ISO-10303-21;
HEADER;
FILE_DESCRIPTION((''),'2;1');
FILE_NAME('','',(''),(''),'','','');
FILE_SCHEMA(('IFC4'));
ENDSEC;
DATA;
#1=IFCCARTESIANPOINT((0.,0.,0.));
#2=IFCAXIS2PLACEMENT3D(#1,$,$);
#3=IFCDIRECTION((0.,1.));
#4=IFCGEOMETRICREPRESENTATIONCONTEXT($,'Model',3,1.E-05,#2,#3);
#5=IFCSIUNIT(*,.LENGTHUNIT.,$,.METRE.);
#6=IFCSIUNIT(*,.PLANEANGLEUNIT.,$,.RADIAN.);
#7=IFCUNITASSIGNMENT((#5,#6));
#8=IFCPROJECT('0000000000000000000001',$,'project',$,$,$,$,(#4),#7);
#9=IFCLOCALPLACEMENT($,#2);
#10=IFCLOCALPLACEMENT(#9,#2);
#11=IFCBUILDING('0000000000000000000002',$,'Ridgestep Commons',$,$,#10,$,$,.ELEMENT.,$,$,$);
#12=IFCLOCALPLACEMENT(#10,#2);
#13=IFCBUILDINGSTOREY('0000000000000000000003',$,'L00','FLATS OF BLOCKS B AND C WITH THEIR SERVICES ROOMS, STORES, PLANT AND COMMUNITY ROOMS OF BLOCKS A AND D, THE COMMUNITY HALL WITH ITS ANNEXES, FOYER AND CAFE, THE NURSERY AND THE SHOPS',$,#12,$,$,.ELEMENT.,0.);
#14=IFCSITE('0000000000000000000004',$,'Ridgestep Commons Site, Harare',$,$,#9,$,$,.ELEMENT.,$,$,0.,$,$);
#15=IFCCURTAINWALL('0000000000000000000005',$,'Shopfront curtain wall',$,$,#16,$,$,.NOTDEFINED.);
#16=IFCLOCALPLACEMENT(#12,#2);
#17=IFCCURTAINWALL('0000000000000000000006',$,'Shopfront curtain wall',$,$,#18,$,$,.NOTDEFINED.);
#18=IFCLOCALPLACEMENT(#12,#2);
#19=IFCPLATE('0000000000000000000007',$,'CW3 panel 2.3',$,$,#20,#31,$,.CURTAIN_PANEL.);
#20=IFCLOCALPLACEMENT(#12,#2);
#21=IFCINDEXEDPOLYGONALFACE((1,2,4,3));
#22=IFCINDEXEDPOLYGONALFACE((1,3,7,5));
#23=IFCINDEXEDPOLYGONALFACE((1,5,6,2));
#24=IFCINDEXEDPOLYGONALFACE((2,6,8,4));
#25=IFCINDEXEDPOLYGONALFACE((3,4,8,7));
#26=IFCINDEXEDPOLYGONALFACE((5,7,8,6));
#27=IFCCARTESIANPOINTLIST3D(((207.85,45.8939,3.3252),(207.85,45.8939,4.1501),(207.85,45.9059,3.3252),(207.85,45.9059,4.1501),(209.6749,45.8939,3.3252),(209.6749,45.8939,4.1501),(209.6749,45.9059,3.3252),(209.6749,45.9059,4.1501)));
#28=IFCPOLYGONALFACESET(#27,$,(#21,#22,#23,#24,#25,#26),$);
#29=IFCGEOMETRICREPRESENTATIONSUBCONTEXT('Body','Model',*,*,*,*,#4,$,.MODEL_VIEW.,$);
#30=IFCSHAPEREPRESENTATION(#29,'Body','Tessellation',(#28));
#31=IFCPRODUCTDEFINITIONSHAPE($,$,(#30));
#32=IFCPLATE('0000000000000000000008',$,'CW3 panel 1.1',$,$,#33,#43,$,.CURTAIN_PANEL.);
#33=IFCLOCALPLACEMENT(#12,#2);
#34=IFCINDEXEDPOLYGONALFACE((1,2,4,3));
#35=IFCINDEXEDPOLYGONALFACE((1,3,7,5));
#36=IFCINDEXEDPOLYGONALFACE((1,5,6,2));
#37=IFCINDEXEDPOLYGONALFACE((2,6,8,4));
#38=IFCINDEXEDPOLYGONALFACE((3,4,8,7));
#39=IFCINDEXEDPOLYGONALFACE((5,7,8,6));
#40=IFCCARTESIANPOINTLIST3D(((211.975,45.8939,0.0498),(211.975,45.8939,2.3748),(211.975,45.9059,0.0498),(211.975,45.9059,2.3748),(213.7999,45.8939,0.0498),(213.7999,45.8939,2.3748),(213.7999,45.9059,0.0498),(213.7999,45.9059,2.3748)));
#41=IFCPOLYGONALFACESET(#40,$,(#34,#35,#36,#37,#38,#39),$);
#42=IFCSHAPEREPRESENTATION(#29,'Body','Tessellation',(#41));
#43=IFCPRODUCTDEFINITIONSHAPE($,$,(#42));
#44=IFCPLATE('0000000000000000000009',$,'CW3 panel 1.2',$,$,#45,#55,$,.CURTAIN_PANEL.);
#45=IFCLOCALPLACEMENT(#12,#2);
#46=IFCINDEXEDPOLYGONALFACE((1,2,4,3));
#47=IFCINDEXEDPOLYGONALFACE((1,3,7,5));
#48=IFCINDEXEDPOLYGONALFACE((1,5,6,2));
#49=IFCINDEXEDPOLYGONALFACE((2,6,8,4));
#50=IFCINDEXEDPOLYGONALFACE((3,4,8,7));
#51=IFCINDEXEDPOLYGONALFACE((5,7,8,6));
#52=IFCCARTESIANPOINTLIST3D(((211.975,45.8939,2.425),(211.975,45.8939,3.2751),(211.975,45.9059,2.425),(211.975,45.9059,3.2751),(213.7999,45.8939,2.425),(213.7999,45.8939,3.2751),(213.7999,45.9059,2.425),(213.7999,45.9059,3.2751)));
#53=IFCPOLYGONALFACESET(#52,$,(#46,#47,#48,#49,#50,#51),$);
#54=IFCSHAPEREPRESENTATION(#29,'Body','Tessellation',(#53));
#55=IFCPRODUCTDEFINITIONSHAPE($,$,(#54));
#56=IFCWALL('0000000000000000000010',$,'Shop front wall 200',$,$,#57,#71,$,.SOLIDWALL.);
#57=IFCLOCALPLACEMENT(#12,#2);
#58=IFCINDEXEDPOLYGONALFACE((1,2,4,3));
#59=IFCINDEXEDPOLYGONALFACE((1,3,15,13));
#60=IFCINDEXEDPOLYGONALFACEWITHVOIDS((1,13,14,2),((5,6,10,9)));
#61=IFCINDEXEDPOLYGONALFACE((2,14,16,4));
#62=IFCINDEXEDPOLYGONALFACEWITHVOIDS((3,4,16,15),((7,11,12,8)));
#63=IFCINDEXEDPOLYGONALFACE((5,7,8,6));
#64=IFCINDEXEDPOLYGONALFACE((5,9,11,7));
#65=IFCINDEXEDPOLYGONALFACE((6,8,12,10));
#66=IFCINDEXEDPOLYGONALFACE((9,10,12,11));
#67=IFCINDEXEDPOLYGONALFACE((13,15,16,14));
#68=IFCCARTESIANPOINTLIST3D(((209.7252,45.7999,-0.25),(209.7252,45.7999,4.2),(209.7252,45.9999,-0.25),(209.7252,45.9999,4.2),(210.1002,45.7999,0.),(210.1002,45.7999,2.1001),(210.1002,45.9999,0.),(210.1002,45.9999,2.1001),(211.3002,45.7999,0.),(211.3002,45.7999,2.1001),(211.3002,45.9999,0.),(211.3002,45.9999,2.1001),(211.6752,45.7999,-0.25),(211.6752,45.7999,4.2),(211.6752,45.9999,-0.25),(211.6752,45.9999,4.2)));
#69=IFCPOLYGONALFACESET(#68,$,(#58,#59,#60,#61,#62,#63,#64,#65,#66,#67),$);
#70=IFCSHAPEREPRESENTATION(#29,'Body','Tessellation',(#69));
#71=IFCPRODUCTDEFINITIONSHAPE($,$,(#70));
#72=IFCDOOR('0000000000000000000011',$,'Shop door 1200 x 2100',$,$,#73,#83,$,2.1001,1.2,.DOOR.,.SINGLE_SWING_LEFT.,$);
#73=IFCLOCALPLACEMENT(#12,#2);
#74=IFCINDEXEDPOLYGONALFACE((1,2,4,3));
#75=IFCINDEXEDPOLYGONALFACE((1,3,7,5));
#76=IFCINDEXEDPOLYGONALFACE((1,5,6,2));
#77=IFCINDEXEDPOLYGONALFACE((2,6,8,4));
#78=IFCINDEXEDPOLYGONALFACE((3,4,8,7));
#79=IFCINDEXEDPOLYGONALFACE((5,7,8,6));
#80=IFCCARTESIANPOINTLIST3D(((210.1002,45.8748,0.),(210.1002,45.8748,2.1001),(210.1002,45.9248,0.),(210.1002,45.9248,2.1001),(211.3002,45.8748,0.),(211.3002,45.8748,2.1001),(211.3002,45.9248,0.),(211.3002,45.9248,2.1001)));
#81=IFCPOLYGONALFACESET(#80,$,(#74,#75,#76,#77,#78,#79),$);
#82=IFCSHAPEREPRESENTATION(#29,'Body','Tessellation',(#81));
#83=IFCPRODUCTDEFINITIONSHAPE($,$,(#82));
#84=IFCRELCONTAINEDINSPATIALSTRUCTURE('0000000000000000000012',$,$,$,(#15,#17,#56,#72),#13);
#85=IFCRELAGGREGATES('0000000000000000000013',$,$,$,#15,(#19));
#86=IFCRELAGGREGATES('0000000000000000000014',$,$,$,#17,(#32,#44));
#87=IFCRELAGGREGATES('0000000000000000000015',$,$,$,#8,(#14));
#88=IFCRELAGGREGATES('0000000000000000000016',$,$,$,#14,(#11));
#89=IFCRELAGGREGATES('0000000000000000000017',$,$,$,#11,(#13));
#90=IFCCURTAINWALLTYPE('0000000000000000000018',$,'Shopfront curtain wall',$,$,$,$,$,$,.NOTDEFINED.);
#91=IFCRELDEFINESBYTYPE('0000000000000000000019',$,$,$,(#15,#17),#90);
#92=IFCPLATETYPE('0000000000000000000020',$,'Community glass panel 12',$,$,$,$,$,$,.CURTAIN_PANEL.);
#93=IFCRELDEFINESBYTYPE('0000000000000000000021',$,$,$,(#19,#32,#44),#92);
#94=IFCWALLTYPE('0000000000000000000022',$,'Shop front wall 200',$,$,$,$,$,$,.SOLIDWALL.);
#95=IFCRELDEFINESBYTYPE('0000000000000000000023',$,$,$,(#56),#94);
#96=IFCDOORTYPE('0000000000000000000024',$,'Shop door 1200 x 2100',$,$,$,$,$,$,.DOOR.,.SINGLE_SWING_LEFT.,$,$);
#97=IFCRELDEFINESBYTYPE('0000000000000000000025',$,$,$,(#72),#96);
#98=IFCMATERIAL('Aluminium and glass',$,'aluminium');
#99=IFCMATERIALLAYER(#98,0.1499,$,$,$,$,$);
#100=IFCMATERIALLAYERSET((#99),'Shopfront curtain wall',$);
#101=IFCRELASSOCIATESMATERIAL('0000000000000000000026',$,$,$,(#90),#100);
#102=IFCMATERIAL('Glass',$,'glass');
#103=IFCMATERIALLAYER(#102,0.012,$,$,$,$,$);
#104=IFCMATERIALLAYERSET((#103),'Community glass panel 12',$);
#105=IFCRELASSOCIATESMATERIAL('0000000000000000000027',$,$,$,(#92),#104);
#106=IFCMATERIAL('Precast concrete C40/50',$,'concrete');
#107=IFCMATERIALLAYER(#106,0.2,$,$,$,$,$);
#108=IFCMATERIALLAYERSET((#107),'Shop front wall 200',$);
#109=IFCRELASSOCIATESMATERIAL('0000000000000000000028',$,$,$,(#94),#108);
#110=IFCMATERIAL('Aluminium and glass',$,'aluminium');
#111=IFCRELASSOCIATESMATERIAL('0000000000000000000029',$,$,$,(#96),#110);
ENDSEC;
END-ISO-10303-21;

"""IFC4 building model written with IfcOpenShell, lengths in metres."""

from ifc_helpers import new_model, si_unit, direction, frame, frame_2d, origin, origin_2d, place, context, subcontext, project, spatial, rectangle, extrude, material, layer, layer_set, type_object, element, fill, aggregate, save


model = new_model("IFC4")

# Units and contexts
model_context = context("Model", 3, precision=1e-05, world=origin(), true_north=direction((0.0, 1.0)))
body_context = subcontext(model_context, "Body", "Model", "MODEL_VIEW")
ifc_project = project(units=[si_unit("LENGTHUNIT", "METRE"), si_unit("PLANEANGLEUNIT", "RADIAN")], contexts=[model_context])

# Site, building, storey
site_placement = place(None, origin())
site = spatial("IfcSite", under=ifc_project, at=site_placement, Name="Ridgestep Commons Site, Harare", CompositionType="ELEMENT", RefElevation=0.0)
building_placement = place(site_placement, origin())
building = spatial("IfcBuilding", under=site, at=building_placement, Name="Ridgestep Commons", CompositionType="ELEMENT")
storey_placement = place(building_placement, origin())
storey = spatial("IfcBuildingStorey", under=building, at=storey_placement, Name="L00", Description="FLATS OF BLOCKS B AND C WITH THEIR SERVICES ROOMS, STORES, PLANT AND COMMUNITY ROOMS OF BLOCKS A AND D, THE COMMUNITY HALL WITH ITS ANNEXES, FOYER AND CAFE, THE NURSERY AND THE SHOPS", CompositionType="ELEMENT", Elevation=0.0)

# Curtain wall
ifc_material_1 = material(Name="Aluminium and glass", Category="aluminium")
ifc_layer_1 = layer(ifc_material_1, 0.1499)
ifc_layer_set_1 = layer_set([ifc_layer_1], Name="Shopfront curtain wall")
curtain_wall_type = type_object("IfcCurtainWallType", Name="Shopfront curtain wall", PredefinedType="NOTDEFINED", material=ifc_layer_set_1)
curtain_wall_1_placement = place(storey_placement, origin())
curtain_wall_1 = element("IfcCurtainWall", 1, at=curtain_wall_1_placement, inside=storey, type_object=curtain_wall_type, Name="Shopfront curtain wall", PredefinedType="NOTDEFINED")

# Curtain wall
curtain_wall_2_placement = place(storey_placement, origin())
curtain_wall_2 = element("IfcCurtainWall", 2, at=curtain_wall_2_placement, inside=storey, type_object=curtain_wall_type, Name="Shopfront curtain wall", PredefinedType="NOTDEFINED")

# Plates
ifc_material_2 = material(Name="Glass", Category="glass")
ifc_layer_2 = layer(ifc_material_2, 0.012)
ifc_layer_set_2 = layer_set([ifc_layer_2], Name="Community glass panel 12")
plate_type = type_object("IfcPlateType", Name="Community glass panel 12", PredefinedType="CURTAIN_PANEL", material=ifc_layer_set_2)
plate_1_placement = place(storey_placement, frame((208.7625, 45.8999, 3.3252), z_axis=(0.0, 0.0, 1.0), x_axis=(1.0, 0.0, 0.0)))
plate_1 = element("IfcPlate", 3, at=plate_1_placement, type_object=plate_type, Name="CW3 panel 2.3", PredefinedType="CURTAIN_PANEL", context=body_context, shape_type="SweptSolid", body=[
    extrude(rectangle(XDim=1.825, YDim=0.012, at=origin_2d()), origin(), (0.0, 0.0, 1.0), 0.825),
])
aggregate(curtain_wall_1, [plate_1])
plate_2_placement = place(storey_placement, frame((212.8875, 45.8999, 0.0498), z_axis=(0.0, 0.0, 1.0), x_axis=(1.0, 0.0, 0.0)))
plate_2 = element("IfcPlate", 4, at=plate_2_placement, type_object=plate_type, Name="CW3 panel 1.1", PredefinedType="CURTAIN_PANEL", context=body_context, shape_type="SweptSolid", body=[
    extrude(rectangle(XDim=1.825, YDim=0.012, at=origin_2d()), origin(), (0.0, 0.0, 1.0), 2.325),
])
plate_3_placement = place(storey_placement, frame((212.8875, 45.8999, 2.425), z_axis=(0.0, 0.0, 1.0), x_axis=(1.0, 0.0, 0.0)))
plate_3 = element("IfcPlate", 5, at=plate_3_placement, type_object=plate_type, Name="CW3 panel 1.2", PredefinedType="CURTAIN_PANEL", context=body_context, shape_type="SweptSolid", body=[
    extrude(rectangle(XDim=1.825, YDim=0.012, at=origin_2d()), origin(), (0.0, 0.0, 1.0), 0.8501),
])
aggregate(curtain_wall_2, [plate_2, plate_3])

# Wall, opening, door
ifc_material_3 = material(Name="Precast concrete C40/50", Category="concrete")
ifc_layer_3 = layer(ifc_material_3, 0.2)
ifc_layer_set_3 = layer_set([ifc_layer_3], Name="Shop front wall 200")
wall_type = type_object("IfcWallType", Name="Shop front wall 200", PredefinedType="SOLIDWALL", material=ifc_layer_set_3)
wall_placement = place(storey_placement, frame((209.7251, 45.8999, -0.25), z_axis=(0.0, 0.0, 1.0), x_axis=(1.0, 0.0, 0.0)))
wall = element("IfcWall", 6, at=wall_placement, inside=storey, type_object=wall_type, Name="Shop front wall 200", PredefinedType="SOLIDWALL", context=body_context, shape_type="SweptSolid", body=[
    extrude(rectangle(XDim=1.95, YDim=0.2, at=frame_2d((0.9751, 0.0))), origin(), (0.0, 0.0, 1.0), 4.45),
])
opening_placement = place(wall_placement, frame((0.375, 0.0, 0.25)))
opening = element("IfcOpeningElement", 7, at=opening_placement, cuts=wall, PredefinedType="OPENING", context=body_context, shape_type="SweptSolid", body=[
    extrude(rectangle(XDim=1.2, YDim=2.1001, at=frame_2d((0.6001, 1.05))), frame((0.0, 0.1099, 0.0), z_axis=(0.0, -1.0, 0.0), x_axis=(1.0, 0.0, 0.0)), (0.0, 0.0, 1.0), 0.22),
])
ifc_material_4 = material(Name="Aluminium and glass", Category="aluminium")
door_type = type_object("IfcDoorType", Name="Shop door 1200 x 2100", OperationType="SINGLE_SWING_LEFT", PredefinedType="DOOR", material=ifc_material_4)
door_placement = place(opening_placement, origin())
door = element("IfcDoor", 8, at=door_placement, inside=storey, type_object=door_type, Name="Shop door 1200 x 2100", OperationType="SINGLE_SWING_LEFT", OverallHeight=2.1001, OverallWidth=1.2, PredefinedType="DOOR", context=body_context, shape_type="SweptSolid", body=[
    extrude(rectangle(XDim=1.2, YDim=2.1001, at=frame_2d((0.6001, 1.05))), frame((0.0, 0.0249, 0.0), z_axis=(0.0, -1.0, 0.0), x_axis=(1.0, 0.0, 0.0)), (0.0, 0.0, 1.0), 0.05),
])
fill(opening, door)

save(model, "model.ifc")
